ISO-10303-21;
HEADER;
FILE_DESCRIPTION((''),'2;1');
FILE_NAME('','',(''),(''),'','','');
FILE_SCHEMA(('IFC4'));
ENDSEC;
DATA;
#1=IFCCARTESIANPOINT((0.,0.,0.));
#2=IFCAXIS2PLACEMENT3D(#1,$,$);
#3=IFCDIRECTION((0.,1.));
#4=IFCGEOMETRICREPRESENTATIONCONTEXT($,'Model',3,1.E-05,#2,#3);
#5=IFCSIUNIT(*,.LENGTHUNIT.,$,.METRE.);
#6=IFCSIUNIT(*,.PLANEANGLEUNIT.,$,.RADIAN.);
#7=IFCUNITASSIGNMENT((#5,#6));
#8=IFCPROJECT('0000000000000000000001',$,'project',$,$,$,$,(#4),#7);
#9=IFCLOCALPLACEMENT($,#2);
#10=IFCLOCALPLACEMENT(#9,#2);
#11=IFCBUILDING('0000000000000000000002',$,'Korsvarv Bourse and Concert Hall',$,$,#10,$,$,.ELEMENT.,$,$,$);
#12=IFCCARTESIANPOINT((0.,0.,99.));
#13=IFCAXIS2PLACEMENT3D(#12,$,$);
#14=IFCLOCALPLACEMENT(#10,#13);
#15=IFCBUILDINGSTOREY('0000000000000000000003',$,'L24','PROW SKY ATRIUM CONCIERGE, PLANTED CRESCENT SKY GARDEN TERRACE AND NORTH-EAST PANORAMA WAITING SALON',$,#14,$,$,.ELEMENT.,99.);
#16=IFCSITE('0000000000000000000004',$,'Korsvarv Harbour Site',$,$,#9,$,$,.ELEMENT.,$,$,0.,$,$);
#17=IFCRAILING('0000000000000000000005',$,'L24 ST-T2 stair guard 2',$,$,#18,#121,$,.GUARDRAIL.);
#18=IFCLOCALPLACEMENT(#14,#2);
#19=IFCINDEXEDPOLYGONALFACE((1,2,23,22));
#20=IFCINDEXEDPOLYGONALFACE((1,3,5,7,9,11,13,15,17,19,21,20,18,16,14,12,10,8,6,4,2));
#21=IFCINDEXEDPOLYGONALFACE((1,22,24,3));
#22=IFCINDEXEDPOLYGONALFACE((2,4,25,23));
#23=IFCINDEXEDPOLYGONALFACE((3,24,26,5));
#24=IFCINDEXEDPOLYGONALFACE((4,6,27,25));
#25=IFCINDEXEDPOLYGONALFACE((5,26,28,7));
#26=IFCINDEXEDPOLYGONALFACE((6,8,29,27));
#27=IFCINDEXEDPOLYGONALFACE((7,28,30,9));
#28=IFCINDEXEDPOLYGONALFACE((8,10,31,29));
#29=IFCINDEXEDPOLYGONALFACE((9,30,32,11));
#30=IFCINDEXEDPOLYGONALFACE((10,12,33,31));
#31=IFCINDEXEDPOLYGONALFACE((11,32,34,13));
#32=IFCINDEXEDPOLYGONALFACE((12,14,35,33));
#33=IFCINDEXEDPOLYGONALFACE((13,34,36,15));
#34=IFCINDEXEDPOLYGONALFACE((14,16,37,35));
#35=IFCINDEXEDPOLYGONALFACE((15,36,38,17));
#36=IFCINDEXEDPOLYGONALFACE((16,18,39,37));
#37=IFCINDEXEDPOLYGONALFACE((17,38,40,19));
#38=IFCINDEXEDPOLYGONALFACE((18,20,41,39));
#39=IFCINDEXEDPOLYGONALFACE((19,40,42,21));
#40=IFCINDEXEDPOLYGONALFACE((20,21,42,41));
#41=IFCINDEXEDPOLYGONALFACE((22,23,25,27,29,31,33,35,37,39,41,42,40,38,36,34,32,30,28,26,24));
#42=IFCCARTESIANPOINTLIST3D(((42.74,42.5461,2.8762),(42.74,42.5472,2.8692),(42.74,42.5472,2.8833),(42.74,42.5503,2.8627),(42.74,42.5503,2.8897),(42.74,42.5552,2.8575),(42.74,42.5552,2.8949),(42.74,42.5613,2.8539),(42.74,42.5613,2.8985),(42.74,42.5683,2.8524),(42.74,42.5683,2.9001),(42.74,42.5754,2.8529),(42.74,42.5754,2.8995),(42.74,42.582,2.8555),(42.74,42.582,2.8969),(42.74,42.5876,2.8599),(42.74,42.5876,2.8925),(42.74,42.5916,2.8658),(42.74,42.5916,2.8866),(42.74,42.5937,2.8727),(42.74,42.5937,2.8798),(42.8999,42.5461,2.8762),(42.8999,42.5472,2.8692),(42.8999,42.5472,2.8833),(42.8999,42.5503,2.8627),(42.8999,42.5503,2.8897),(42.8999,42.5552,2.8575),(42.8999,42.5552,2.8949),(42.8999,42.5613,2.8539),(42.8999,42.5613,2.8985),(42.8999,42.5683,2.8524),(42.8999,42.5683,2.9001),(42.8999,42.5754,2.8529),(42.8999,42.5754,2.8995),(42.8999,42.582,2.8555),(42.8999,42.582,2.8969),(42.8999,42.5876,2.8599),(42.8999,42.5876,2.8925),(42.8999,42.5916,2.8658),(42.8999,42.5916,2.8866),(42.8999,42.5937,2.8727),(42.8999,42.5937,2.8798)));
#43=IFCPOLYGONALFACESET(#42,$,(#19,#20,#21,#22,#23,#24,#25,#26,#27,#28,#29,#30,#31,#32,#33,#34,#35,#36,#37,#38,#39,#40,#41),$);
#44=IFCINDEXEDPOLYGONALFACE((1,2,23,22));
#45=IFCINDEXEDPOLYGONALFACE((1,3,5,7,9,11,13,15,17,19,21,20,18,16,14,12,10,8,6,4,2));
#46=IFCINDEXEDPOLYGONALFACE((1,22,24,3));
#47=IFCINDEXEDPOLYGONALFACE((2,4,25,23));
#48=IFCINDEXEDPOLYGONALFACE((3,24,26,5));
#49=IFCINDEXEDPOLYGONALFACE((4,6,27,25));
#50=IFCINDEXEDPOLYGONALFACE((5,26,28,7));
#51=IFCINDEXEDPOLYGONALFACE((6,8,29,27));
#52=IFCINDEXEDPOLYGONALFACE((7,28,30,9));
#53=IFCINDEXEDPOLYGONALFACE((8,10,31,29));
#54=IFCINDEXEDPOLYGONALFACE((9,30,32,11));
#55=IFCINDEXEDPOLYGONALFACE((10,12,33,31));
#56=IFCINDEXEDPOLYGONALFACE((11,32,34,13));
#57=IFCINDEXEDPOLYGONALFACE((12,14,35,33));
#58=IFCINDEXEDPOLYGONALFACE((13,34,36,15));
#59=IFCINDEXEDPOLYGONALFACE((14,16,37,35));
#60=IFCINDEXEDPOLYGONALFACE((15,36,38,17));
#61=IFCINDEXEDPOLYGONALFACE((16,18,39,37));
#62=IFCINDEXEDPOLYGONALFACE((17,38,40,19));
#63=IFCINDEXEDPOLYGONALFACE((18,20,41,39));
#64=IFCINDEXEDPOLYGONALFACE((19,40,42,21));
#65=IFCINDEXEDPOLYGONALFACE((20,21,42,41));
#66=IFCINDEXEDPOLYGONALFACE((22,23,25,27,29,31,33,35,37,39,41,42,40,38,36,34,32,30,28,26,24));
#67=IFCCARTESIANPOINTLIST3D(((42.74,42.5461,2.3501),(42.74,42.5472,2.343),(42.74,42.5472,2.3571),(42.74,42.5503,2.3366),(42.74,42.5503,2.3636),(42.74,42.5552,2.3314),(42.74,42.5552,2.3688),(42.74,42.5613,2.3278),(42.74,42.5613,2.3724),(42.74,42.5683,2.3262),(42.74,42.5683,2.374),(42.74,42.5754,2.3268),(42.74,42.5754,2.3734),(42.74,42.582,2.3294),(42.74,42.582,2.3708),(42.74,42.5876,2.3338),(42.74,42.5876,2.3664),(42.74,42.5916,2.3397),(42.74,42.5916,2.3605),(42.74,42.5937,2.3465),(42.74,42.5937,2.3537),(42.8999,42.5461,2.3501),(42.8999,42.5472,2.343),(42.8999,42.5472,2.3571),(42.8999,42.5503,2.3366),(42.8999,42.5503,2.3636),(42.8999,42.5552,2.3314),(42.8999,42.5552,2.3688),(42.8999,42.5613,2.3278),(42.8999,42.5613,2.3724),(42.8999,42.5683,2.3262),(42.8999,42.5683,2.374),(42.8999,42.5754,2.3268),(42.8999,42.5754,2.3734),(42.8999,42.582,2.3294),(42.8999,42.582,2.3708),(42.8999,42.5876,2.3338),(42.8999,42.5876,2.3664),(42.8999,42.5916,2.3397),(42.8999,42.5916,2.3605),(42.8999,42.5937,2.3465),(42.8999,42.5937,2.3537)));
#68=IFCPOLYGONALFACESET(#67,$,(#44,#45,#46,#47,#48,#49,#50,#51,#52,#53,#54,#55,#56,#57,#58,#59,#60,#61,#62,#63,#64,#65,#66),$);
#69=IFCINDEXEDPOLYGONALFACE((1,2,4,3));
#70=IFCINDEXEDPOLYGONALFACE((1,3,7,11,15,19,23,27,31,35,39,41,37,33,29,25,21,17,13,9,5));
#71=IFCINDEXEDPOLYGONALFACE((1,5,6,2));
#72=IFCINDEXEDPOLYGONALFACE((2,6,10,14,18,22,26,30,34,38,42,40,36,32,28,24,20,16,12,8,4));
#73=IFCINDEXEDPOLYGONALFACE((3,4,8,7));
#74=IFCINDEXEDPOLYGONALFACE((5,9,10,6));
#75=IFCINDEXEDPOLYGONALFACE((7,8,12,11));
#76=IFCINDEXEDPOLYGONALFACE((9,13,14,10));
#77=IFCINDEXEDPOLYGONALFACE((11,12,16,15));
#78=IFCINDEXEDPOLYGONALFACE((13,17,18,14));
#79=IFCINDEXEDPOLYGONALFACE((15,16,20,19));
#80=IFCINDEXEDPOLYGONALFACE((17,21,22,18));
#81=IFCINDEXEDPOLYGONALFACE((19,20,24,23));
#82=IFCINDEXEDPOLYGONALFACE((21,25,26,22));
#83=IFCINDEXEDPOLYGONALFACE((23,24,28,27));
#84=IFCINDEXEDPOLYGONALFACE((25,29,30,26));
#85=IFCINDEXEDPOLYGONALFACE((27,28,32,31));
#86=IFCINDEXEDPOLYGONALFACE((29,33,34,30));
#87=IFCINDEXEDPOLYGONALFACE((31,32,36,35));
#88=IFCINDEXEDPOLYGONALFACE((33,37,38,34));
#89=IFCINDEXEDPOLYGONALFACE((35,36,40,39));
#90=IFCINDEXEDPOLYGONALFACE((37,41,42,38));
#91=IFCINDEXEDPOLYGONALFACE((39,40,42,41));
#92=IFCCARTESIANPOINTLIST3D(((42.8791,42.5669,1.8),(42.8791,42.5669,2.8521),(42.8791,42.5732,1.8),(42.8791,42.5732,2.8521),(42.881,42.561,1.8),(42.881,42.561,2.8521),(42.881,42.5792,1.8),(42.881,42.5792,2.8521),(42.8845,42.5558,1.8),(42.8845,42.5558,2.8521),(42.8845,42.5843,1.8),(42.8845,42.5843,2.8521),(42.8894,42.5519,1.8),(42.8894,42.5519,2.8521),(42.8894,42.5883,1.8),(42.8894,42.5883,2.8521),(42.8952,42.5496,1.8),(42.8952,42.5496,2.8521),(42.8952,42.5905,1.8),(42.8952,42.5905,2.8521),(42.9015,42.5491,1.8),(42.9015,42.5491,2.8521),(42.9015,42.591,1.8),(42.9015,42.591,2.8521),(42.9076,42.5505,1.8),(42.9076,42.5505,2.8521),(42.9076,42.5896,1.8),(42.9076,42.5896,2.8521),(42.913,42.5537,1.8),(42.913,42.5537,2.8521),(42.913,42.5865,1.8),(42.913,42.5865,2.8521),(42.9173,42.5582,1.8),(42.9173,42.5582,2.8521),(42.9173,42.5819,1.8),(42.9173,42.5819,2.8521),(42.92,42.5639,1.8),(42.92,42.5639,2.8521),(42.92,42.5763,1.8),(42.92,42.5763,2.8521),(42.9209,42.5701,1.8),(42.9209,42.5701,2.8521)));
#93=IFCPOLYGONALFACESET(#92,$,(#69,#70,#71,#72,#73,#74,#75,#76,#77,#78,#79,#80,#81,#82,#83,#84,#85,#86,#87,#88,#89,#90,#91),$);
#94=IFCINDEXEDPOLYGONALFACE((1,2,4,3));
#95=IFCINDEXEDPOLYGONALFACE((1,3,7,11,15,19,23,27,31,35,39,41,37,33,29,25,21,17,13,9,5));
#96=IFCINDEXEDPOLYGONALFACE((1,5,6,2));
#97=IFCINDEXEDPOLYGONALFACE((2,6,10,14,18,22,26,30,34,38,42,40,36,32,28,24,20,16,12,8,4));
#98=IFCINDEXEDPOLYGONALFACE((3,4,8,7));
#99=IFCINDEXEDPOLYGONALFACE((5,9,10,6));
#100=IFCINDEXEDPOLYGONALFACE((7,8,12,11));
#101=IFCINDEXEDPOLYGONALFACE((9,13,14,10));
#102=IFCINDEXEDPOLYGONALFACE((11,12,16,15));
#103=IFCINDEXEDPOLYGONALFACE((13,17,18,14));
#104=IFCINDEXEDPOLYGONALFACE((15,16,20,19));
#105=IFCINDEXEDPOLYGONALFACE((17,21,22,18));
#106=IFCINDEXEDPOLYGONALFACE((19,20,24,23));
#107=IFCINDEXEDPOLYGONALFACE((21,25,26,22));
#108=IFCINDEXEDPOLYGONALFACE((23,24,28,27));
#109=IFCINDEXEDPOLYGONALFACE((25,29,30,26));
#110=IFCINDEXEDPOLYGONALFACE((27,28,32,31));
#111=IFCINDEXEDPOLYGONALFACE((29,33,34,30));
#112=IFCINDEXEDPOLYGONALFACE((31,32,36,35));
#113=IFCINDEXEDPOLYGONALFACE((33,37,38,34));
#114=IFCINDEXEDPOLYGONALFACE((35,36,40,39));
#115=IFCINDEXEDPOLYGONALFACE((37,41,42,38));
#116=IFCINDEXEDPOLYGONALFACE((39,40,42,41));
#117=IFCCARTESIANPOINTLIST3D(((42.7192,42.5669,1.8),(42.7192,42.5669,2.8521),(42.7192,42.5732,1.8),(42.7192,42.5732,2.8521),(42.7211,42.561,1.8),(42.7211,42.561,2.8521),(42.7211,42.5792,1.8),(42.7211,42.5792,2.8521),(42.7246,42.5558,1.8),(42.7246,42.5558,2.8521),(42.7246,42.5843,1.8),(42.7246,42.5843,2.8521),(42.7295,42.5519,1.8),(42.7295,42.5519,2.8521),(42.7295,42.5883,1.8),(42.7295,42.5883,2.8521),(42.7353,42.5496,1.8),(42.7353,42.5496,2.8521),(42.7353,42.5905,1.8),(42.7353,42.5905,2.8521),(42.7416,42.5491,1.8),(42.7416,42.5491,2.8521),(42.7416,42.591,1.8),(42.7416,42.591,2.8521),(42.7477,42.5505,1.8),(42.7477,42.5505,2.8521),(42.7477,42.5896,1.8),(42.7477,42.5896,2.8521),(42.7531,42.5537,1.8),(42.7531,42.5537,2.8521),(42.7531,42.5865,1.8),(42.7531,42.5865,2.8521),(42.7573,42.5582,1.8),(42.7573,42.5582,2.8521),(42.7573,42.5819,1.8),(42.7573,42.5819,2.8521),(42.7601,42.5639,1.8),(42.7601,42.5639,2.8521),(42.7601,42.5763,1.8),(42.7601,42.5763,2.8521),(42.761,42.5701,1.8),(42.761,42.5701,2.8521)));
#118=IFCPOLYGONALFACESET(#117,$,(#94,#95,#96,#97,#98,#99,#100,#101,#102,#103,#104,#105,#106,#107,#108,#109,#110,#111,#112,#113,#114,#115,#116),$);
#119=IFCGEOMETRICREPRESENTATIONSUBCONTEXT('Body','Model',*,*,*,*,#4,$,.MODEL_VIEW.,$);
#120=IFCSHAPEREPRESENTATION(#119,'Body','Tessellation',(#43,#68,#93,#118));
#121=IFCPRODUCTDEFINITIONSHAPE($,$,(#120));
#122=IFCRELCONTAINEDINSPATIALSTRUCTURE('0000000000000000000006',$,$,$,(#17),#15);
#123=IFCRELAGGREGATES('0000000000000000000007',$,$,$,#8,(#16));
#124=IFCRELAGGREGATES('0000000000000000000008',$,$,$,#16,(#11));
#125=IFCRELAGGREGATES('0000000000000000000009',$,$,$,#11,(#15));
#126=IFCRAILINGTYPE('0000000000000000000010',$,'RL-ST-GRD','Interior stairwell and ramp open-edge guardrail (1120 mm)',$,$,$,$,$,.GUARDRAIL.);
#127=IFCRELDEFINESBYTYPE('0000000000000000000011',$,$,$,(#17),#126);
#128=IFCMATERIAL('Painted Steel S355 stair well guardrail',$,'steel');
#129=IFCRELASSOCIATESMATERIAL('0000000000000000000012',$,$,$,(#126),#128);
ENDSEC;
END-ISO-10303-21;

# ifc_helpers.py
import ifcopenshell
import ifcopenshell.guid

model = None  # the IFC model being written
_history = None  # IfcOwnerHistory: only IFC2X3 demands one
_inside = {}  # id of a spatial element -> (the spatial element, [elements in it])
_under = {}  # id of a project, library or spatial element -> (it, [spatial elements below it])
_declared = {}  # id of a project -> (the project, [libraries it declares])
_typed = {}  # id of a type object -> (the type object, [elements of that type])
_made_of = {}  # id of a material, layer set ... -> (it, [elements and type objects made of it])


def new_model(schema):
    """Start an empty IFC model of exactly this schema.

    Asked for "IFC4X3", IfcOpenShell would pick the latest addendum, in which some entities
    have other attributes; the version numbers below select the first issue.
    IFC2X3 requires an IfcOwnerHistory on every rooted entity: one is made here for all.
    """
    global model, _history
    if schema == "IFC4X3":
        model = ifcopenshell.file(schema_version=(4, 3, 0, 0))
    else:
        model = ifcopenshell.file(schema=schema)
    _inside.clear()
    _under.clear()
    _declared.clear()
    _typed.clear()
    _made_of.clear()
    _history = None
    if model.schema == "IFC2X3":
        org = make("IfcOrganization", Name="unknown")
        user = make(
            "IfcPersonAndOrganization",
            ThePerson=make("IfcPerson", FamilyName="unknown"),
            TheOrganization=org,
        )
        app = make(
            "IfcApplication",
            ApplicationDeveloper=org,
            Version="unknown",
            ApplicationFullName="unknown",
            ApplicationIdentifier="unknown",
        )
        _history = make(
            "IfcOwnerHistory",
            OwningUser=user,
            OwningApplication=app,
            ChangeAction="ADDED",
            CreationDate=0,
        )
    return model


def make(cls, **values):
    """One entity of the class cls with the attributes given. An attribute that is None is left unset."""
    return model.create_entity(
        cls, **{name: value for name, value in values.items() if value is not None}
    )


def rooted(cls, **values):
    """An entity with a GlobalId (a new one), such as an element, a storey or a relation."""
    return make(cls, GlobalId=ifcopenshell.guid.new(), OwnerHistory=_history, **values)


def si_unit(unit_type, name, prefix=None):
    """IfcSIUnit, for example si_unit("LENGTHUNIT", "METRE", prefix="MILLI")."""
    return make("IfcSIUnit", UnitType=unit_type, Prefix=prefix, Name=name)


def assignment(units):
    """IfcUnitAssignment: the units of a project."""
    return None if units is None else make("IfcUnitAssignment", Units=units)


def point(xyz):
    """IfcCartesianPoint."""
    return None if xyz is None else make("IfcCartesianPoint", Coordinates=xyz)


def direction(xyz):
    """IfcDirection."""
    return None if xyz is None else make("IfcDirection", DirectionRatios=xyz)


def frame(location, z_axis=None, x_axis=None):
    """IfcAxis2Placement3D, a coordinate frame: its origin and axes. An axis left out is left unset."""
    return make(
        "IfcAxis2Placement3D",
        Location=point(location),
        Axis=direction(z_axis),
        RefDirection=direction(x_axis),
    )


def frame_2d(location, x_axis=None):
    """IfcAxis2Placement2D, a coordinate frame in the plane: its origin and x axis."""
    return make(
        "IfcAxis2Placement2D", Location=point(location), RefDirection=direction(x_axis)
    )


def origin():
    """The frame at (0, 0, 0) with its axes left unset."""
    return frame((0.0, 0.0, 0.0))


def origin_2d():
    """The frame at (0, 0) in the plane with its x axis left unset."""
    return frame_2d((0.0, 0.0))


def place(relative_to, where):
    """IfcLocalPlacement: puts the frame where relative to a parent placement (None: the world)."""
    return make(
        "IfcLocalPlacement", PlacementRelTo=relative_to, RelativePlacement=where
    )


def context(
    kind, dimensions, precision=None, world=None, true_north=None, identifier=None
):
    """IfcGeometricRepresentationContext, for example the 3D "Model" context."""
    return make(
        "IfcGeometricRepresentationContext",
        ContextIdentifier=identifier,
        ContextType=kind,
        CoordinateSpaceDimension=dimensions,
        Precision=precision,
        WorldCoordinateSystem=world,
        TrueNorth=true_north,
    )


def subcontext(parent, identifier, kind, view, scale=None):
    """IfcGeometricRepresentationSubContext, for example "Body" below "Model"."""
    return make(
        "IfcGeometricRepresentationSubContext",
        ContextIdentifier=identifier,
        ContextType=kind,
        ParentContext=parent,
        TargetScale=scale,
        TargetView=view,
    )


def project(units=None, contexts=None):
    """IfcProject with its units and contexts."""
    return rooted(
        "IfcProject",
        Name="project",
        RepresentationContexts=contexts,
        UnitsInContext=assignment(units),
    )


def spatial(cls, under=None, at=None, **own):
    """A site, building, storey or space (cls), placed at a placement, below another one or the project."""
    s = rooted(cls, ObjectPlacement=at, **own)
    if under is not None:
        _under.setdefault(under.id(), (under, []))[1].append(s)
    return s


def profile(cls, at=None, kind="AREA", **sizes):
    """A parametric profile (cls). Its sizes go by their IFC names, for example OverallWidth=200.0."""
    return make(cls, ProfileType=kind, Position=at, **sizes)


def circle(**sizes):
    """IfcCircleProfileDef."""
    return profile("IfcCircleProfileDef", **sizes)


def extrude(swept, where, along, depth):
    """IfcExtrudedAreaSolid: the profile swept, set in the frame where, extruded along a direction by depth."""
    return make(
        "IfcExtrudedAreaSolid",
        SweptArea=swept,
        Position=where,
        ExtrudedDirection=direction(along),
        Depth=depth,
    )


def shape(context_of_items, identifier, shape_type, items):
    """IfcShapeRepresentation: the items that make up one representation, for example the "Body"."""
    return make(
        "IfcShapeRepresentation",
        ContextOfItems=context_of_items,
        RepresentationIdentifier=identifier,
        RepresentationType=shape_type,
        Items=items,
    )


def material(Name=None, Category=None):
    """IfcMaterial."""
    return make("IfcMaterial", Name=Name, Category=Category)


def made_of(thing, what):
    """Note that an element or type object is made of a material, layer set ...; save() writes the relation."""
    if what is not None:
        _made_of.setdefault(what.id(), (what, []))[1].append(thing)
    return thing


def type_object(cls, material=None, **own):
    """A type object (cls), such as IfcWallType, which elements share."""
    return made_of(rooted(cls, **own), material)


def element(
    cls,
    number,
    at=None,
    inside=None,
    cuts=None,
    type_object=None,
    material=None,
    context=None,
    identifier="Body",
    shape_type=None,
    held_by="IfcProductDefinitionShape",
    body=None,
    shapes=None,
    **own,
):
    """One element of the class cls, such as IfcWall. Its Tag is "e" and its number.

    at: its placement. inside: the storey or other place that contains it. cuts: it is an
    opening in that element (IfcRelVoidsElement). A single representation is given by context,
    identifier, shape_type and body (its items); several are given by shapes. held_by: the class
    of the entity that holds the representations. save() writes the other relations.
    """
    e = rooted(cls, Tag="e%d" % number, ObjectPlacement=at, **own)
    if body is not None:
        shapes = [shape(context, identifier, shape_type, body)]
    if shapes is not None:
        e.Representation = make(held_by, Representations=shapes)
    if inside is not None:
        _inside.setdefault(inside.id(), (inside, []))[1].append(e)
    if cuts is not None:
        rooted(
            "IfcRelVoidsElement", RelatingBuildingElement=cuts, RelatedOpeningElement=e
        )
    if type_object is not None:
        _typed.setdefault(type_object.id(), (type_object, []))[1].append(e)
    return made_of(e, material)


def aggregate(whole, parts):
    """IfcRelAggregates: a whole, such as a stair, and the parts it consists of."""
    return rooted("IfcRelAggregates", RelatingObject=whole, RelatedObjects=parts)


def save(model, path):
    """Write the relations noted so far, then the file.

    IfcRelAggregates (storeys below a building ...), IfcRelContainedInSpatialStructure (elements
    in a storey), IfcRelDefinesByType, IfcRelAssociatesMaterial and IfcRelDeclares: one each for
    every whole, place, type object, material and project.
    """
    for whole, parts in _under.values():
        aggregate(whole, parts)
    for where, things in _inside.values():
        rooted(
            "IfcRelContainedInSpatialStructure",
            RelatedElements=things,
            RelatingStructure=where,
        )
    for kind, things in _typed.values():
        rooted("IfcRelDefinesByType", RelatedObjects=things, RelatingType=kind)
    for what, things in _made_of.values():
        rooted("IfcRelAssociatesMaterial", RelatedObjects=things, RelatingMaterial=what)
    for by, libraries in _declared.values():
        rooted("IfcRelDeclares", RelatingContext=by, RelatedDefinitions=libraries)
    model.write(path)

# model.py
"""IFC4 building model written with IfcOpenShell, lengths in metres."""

from ifc_helpers import new_model, si_unit, direction, frame, origin, origin_2d, place, context, subcontext, project, spatial, circle, extrude, material, type_object, element, save


model = new_model("IFC4")

# Units and contexts
model_context = context("Model", 3, precision=1e-05, world=origin(), true_north=direction((0.0, 1.0)))
body_context = subcontext(model_context, "Body", "Model", "MODEL_VIEW")
ifc_project = project(units=[si_unit("LENGTHUNIT", "METRE"), si_unit("PLANEANGLEUNIT", "RADIAN")], contexts=[model_context])

# Site, building, storey
site_placement = place(None, origin())
site = spatial("IfcSite", under=ifc_project, at=site_placement, Name="Korsvarv Harbour Site", CompositionType="ELEMENT", RefElevation=0.0)
building_placement = place(site_placement, origin())
building = spatial("IfcBuilding", under=site, at=building_placement, Name="Korsvarv Bourse and Concert Hall", CompositionType="ELEMENT")
storey_placement = place(building_placement, frame((0.0, 0.0, 99.0)))
storey = spatial("IfcBuildingStorey", under=building, at=storey_placement, Name="L24", Description="PROW SKY ATRIUM CONCIERGE, PLANTED CRESCENT SKY GARDEN TERRACE AND NORTH-EAST PANORAMA WAITING SALON", CompositionType="ELEMENT", Elevation=99.0)

# Railing
ifc_material_1 = material(Name="Painted Steel S355 stair well guardrail", Category="steel")
railing_type_1 = type_object("IfcRailingType", Name="RL-ST-GRD", Description="Interior stairwell and ramp open-edge guardrail (1120 mm)", PredefinedType="GUARDRAIL", material=ifc_material_1)
railing_1_placement = place(storey_placement, frame((42.8999, 42.5701, 1.8)))
element("IfcRailing", 1, at=railing_1_placement, inside=storey, type_object=railing_type_1, Name="L24 ST-T2 stair guard 2", PredefinedType="GUARDRAIL", context=body_context, shape_type="SweptSolid", body=[
    extrude(circle(Radius=0.0239, at=origin_2d()), frame((0.0, 0.0, 1.0762), z_axis=(-1.0, 0.0, 0.0), x_axis=(0.0, -1.0, 0.0)), (0.0, 0.0, 1.0), 0.1599),
    extrude(circle(Radius=0.0239, at=origin_2d()), frame((0.0, 0.0, 0.55), z_axis=(-1.0, 0.0, 0.0), x_axis=(0.0, -1.0, 0.0)), (0.0, 0.0, 1.0), 0.1599),
    extrude(circle(Radius=0.021, at=origin_2d()), origin(), (0.0, 0.0, 1.0), 1.052),
    extrude(circle(Radius=0.021, at=origin_2d()), frame((-0.1599, 0.0, 0.0)), (0.0, 0.0, 1.0), 1.052),
])

save(model, "model.ifc")
